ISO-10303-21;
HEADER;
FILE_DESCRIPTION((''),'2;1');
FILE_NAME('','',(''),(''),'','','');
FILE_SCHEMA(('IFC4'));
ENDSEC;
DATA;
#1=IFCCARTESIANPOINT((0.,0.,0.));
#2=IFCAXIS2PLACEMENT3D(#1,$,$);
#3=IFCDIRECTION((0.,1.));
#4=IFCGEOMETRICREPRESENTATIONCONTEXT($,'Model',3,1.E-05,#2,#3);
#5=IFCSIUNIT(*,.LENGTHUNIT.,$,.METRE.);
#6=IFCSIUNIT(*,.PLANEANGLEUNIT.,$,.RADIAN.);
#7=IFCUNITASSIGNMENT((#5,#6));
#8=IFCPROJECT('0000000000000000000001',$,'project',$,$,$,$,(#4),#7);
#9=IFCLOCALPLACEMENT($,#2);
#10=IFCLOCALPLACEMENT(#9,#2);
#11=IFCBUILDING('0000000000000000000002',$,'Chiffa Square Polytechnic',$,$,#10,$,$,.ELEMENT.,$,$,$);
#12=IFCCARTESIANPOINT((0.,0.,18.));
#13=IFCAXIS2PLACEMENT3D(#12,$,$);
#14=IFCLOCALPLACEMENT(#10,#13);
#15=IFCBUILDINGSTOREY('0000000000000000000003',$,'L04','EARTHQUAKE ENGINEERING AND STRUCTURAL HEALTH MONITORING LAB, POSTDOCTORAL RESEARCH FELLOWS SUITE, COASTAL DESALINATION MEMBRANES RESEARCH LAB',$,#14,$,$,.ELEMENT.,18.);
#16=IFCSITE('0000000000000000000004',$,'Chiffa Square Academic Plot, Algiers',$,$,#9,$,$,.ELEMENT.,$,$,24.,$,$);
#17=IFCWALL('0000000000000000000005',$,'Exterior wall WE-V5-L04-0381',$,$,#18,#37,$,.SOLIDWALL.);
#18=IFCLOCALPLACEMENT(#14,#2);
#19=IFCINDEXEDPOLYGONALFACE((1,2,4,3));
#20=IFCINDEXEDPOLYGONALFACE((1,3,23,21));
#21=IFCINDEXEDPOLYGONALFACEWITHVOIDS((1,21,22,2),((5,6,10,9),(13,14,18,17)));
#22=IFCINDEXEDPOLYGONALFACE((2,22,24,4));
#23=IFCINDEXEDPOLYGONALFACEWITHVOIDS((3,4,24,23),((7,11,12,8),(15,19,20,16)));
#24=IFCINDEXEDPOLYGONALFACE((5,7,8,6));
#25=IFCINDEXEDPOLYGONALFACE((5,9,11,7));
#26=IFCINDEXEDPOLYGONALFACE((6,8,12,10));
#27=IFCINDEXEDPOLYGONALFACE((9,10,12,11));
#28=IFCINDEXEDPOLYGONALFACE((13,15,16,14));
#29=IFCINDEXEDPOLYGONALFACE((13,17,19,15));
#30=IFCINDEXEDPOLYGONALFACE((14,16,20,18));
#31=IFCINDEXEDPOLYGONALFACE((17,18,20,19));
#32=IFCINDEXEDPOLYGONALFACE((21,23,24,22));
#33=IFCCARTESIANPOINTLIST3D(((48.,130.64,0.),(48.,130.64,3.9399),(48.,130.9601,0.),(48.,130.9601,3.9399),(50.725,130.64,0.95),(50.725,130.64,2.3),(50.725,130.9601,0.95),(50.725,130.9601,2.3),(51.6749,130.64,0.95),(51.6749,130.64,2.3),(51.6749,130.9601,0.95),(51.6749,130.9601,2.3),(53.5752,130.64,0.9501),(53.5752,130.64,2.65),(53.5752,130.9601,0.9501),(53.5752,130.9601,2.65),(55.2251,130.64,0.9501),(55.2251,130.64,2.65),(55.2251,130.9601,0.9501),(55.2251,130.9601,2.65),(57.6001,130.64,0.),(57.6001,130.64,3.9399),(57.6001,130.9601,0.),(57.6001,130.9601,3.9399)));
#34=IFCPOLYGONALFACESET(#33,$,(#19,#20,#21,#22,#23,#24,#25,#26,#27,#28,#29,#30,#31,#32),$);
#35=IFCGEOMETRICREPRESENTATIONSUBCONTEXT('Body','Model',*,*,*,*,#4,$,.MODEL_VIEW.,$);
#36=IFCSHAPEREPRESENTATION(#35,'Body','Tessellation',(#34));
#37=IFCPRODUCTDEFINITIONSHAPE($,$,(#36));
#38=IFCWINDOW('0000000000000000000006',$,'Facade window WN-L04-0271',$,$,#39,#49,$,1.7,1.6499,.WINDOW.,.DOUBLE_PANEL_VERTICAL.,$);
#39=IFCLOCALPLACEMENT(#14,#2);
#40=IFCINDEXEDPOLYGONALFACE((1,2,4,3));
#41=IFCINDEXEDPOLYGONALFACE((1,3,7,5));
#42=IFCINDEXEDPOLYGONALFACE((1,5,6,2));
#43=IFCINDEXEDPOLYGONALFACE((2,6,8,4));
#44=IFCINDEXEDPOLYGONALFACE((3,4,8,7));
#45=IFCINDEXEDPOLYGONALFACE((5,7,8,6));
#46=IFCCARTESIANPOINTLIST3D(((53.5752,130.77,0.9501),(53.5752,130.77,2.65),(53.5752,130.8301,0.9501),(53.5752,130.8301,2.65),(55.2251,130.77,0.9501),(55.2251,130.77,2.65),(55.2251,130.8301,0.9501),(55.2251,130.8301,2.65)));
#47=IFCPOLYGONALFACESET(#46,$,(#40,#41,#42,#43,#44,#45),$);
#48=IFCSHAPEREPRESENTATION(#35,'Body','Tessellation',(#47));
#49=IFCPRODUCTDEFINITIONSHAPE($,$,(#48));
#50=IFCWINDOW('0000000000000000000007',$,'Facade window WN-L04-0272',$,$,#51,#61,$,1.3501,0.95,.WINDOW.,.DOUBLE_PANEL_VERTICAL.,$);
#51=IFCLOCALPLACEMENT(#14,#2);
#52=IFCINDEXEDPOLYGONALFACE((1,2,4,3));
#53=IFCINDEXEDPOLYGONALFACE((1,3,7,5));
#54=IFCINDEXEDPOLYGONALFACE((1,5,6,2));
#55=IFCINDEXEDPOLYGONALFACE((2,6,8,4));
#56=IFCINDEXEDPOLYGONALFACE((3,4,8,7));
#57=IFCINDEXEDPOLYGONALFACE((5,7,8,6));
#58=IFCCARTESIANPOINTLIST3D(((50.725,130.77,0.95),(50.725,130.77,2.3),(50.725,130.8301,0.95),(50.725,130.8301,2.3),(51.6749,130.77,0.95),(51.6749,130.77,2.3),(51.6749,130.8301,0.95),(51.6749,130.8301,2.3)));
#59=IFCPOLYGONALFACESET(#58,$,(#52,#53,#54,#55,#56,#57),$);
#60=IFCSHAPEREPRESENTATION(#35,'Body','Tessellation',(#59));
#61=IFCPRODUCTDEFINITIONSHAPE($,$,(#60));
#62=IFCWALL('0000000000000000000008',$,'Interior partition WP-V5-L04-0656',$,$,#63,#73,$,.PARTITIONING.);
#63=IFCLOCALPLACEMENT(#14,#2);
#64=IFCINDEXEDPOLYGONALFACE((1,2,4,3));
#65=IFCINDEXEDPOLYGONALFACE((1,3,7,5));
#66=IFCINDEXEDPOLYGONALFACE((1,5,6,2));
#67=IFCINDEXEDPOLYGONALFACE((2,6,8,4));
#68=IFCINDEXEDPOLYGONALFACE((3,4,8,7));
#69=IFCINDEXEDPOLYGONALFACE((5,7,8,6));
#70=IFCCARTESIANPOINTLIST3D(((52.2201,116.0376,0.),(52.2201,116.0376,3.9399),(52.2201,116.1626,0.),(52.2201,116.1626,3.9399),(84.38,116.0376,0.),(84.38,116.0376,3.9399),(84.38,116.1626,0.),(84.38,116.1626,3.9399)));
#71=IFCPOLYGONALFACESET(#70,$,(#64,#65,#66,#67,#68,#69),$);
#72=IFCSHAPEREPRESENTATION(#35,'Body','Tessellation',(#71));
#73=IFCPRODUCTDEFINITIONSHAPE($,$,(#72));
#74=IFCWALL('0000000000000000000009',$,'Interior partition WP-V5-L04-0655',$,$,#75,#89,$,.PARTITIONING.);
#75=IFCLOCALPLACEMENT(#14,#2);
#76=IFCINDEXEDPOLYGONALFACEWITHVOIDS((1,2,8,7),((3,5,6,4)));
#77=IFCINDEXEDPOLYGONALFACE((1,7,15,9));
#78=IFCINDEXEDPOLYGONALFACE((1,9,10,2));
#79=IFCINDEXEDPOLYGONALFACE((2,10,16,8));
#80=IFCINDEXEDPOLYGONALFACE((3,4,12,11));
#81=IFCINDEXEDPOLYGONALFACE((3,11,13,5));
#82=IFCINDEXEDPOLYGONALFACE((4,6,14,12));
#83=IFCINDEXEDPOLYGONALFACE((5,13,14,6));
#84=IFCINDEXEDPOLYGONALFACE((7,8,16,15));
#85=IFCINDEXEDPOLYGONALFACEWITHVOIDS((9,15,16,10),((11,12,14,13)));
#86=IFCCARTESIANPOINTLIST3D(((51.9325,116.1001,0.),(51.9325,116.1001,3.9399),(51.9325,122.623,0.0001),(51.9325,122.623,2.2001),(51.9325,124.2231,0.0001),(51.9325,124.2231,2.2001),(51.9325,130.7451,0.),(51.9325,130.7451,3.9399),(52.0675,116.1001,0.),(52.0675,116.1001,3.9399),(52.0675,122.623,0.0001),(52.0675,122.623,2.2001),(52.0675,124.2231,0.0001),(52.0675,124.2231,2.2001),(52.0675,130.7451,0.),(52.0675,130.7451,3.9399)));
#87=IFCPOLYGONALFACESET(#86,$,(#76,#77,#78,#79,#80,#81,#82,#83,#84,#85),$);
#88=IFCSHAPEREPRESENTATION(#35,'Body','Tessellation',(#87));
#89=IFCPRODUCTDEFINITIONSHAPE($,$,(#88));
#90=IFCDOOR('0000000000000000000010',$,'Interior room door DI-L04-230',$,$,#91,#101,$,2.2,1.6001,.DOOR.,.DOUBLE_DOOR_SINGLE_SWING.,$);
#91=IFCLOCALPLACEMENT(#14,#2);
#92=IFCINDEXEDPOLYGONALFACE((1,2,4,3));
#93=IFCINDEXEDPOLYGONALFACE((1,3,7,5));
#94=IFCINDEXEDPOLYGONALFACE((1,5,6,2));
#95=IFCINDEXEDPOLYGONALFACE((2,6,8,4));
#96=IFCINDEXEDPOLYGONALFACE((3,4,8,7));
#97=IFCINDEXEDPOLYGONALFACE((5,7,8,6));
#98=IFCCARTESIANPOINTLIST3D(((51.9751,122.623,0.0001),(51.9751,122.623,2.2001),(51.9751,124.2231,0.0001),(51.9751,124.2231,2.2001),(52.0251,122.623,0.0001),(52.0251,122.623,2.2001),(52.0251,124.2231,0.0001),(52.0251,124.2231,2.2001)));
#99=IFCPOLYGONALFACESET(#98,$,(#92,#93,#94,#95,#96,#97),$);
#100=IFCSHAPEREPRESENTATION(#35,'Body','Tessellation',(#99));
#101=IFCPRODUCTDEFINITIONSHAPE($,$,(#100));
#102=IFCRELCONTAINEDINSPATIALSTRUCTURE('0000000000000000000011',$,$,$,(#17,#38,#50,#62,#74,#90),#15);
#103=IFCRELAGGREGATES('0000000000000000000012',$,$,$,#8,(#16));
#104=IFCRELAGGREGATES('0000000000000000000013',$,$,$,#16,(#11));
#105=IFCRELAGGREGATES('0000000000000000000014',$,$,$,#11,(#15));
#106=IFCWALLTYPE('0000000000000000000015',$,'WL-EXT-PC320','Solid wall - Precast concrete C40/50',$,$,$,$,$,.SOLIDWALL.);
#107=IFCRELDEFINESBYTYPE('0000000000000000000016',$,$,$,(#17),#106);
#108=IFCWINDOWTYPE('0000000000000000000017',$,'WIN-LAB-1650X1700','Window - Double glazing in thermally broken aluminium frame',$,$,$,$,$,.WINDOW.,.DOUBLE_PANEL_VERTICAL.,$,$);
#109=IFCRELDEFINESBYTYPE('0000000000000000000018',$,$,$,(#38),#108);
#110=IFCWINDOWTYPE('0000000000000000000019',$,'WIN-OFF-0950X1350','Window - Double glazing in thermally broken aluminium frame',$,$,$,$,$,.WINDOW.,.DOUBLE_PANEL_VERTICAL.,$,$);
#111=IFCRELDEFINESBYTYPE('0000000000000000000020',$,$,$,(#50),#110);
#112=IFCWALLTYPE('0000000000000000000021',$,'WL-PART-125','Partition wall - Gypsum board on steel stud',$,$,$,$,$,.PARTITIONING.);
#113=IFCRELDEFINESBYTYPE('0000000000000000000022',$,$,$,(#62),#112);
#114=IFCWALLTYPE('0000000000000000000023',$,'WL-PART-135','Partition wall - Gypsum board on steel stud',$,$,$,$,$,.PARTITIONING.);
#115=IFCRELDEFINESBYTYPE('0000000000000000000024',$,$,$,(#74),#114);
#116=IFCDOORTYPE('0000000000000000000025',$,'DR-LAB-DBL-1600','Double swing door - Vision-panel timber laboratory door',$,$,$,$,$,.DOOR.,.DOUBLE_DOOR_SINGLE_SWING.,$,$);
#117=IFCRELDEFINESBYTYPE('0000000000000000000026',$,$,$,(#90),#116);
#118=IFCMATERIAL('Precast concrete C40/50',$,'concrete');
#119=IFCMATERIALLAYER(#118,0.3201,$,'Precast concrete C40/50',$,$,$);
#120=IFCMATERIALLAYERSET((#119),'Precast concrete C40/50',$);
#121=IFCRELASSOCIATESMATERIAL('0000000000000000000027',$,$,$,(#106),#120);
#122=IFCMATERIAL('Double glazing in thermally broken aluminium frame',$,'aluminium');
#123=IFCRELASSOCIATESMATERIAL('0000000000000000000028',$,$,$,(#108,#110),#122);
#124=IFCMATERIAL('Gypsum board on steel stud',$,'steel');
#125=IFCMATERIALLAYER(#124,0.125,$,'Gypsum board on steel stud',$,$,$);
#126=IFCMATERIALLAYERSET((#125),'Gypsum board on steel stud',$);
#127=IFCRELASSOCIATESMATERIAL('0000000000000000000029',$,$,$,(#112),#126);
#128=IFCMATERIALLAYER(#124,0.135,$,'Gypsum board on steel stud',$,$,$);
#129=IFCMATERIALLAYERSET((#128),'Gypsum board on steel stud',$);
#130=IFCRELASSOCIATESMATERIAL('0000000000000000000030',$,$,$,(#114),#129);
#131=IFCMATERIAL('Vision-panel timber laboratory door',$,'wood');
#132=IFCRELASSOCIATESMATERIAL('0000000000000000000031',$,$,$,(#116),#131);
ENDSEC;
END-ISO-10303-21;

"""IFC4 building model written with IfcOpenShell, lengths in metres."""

from ifc_helpers import new_model, si_unit, direction, frame, frame_2d, origin, place, context, subcontext, project, spatial, rectangle, extrude, material, layer, layer_set, type_object, element, fill, save


model = new_model("IFC4")

# Units and contexts
model_context = context("Model", 3, precision=1e-05, world=origin(), true_north=direction((0.0, 1.0)))
body_context = subcontext(model_context, "Body", "Model", "MODEL_VIEW")
ifc_project = project(units=[si_unit("LENGTHUNIT", "METRE"), si_unit("PLANEANGLEUNIT", "RADIAN")], contexts=[model_context])

# Site, building, storey
site_placement = place(None, origin())
site = spatial("IfcSite", under=ifc_project, at=site_placement, Name="Chiffa Square Academic Plot, Algiers", CompositionType="ELEMENT", RefElevation=24.0)
building_placement = place(site_placement, origin())
building = spatial("IfcBuilding", under=site, at=building_placement, Name="Chiffa Square Polytechnic", CompositionType="ELEMENT")
storey_placement = place(building_placement, frame((0.0, 0.0, 18.0)))
storey = spatial("IfcBuildingStorey", under=building, at=storey_placement, Name="L04", Description="EARTHQUAKE ENGINEERING AND STRUCTURAL HEALTH MONITORING LAB, POSTDOCTORAL RESEARCH FELLOWS SUITE, COASTAL DESALINATION MEMBRANES RESEARCH LAB", CompositionType="ELEMENT", Elevation=18.0)

# Shared definitions
ifc_material_1 = material(Name="Precast concrete C40/50", Category="concrete")

# Wall, openings, windows
ifc_layer_1 = layer(ifc_material_1, 0.3201, Name="Precast concrete C40/50")
ifc_layer_set_1 = layer_set([ifc_layer_1], Name="Precast concrete C40/50")
wall_type_1 = type_object("IfcWallType", Name="WL-EXT-PC320", Description="Solid wall - Precast concrete C40/50", PredefinedType="SOLIDWALL", material=ifc_layer_set_1)
wall_1_placement = place(storey_placement, frame((57.6001, 130.8, 0.0), z_axis=(0.0, 0.0, 1.0), x_axis=(-1.0, 0.0, 0.0)))
wall_1 = element("IfcWall", 1, at=wall_1_placement, inside=storey, type_object=wall_type_1, Name="Exterior wall WE-V5-L04-0381", PredefinedType="SOLIDWALL", context=body_context, shape_type="SweptSolid", body=[
    extrude(rectangle(XDim=9.6001, YDim=0.3201, at=frame_2d((4.8, 0.0))), origin(), (0.0, 0.0, 1.0), 3.9399),
])
opening_1_placement = place(wall_1_placement, frame((2.375, 0.0, 0.95)))
opening_1 = element("IfcOpeningElement", 2, at=opening_1_placement, cuts=wall_1, PredefinedType="OPENING", context=body_context, shape_type="SweptSolid", body=[
    extrude(rectangle(XDim=1.6499, YDim=1.7, at=frame_2d((0.825, 0.8501))), frame((0.0, 0.1699, 0.0), z_axis=(0.0, -1.0, 0.0), x_axis=(1.0, 0.0, 0.0)), (0.0, 0.0, 1.0), 0.3401),
])
opening_2_placement = place(wall_1_placement, frame((5.925, 0.0, 0.95)))
opening_2 = element("IfcOpeningElement", 3, at=opening_2_placement, cuts=wall_1, PredefinedType="OPENING", context=body_context, shape_type="SweptSolid", body=[
    extrude(rectangle(XDim=0.95, YDim=1.3501, at=frame_2d((0.4751, 0.675))), frame((0.0, 0.1699, 0.0), z_axis=(0.0, -1.0, 0.0), x_axis=(1.0, 0.0, 0.0)), (0.0, 0.0, 1.0), 0.3401),
])
ifc_material_2 = material(Name="Double glazing in thermally broken aluminium frame", Category="aluminium")
window_type_1 = type_object("IfcWindowType", Name="WIN-LAB-1650X1700", Description="Window - Double glazing in thermally broken aluminium frame", PartitioningType="DOUBLE_PANEL_VERTICAL", PredefinedType="WINDOW", material=ifc_material_2)
window_1_placement = place(opening_1_placement, origin())
window_1 = element("IfcWindow", 4, at=window_1_placement, inside=storey, type_object=window_type_1, Name="Facade window WN-L04-0271", OverallHeight=1.7, OverallWidth=1.6499, PartitioningType="DOUBLE_PANEL_VERTICAL", PredefinedType="WINDOW", context=body_context, shape_type="SweptSolid", body=[
    extrude(rectangle(XDim=1.6499, YDim=1.7, at=frame_2d((0.825, 0.8501))), frame((0.0, 0.03, 0.0), z_axis=(0.0, -1.0, 0.0), x_axis=(1.0, 0.0, 0.0)), (0.0, 0.0, 1.0), 0.0601),
])
fill(opening_1, window_1)
window_type_2 = type_object("IfcWindowType", Name="WIN-OFF-0950X1350", Description="Window - Double glazing in thermally broken aluminium frame", PartitioningType="DOUBLE_PANEL_VERTICAL", PredefinedType="WINDOW", material=ifc_material_2)
window_2_placement = place(opening_2_placement, origin())
window_2 = element("IfcWindow", 5, at=window_2_placement, inside=storey, type_object=window_type_2, Name="Facade window WN-L04-0272", OverallHeight=1.3501, OverallWidth=0.95, PartitioningType="DOUBLE_PANEL_VERTICAL", PredefinedType="WINDOW", context=body_context, shape_type="SweptSolid", body=[
    extrude(rectangle(XDim=0.95, YDim=1.3501, at=frame_2d((0.4751, 0.675))), frame((0.0, 0.03, 0.0), z_axis=(0.0, -1.0, 0.0), x_axis=(1.0, 0.0, 0.0)), (0.0, 0.0, 1.0), 0.0601),
])
fill(opening_2, window_2)

# Wall
ifc_material_3 = material(Name="Gypsum board on steel stud", Category="steel")
ifc_layer_2 = layer(ifc_material_3, 0.125, Name="Gypsum board on steel stud")
ifc_layer_set_2 = layer_set([ifc_layer_2], Name="Gypsum board on steel stud")
wall_type_2 = type_object("IfcWallType", Name="WL-PART-125", Description="Partition wall - Gypsum board on steel stud", PredefinedType="PARTITIONING", material=ifc_layer_set_2)
wall_2_placement = place(storey_placement, frame((52.22, 116.1001, 0.0), z_axis=(0.0, 0.0, 1.0), x_axis=(1.0, 0.0, 0.0)))
element("IfcWall", 6, at=wall_2_placement, inside=storey, type_object=wall_type_2, Name="Interior partition WP-V5-L04-0656", PredefinedType="PARTITIONING", context=body_context, shape_type="SweptSolid", body=[
    extrude(rectangle(XDim=32.1599, YDim=0.125, at=frame_2d((16.0801, 0.0))), origin(), (0.0, 0.0, 1.0), 3.9399),
])

# Wall, opening, door
ifc_layer_3 = layer(ifc_material_3, 0.135, Name="Gypsum board on steel stud")
ifc_layer_set_3 = layer_set([ifc_layer_3], Name="Gypsum board on steel stud")
wall_type_3 = type_object("IfcWallType", Name="WL-PART-135", Description="Partition wall - Gypsum board on steel stud", PredefinedType="PARTITIONING", material=ifc_layer_set_3)
wall_3_placement = place(storey_placement, frame((52.0, 116.1001, 0.0), z_axis=(0.0, 0.0, 1.0), x_axis=(0.0, 1.0, 0.0)))
wall_3 = element("IfcWall", 7, at=wall_3_placement, inside=storey, type_object=wall_type_3, Name="Interior partition WP-V5-L04-0655", PredefinedType="PARTITIONING", context=body_context, shape_type="SweptSolid", body=[
    extrude(rectangle(XDim=14.645, YDim=0.135, at=frame_2d((7.3225, 0.0))), origin(), (0.0, 0.0, 1.0), 3.9399),
])
opening_3_placement = place(wall_3_placement, frame((6.5229, 0.0, 0.0)))
opening_3 = element("IfcOpeningElement", 8, at=opening_3_placement, cuts=wall_3, PredefinedType="OPENING", context=body_context, shape_type="SweptSolid", body=[
    extrude(rectangle(XDim=1.6001, YDim=2.2, at=frame_2d((0.8, 1.1001))), frame((0.0, 0.0776, 0.0), z_axis=(0.0, -1.0, 0.0), x_axis=(1.0, 0.0, 0.0)), (0.0, 0.0, 1.0), 0.155),
])
ifc_material_4 = material(Name="Vision-panel timber laboratory door", Category="wood")
door_type = type_object("IfcDoorType", Name="DR-LAB-DBL-1600", Description="Double swing door - Vision-panel timber laboratory door", OperationType="DOUBLE_DOOR_SINGLE_SWING", PredefinedType="DOOR", material=ifc_material_4)
door_placement = place(opening_3_placement, origin())
door = element("IfcDoor", 9, at=door_placement, inside=storey, type_object=door_type, Name="Interior room door DI-L04-230", OperationType="DOUBLE_DOOR_SINGLE_SWING", OverallHeight=2.2, OverallWidth=1.6001, PredefinedType="DOOR", context=body_context, shape_type="SweptSolid", body=[
    extrude(rectangle(XDim=1.6001, YDim=2.2, at=frame_2d((0.8, 1.1001))), frame((0.0, 0.0249, 0.0), z_axis=(0.0, -1.0, 0.0), x_axis=(1.0, 0.0, 0.0)), (0.0, 0.0, 1.0), 0.05),
])
fill(opening_3, door)

save(model, "model.ifc")
